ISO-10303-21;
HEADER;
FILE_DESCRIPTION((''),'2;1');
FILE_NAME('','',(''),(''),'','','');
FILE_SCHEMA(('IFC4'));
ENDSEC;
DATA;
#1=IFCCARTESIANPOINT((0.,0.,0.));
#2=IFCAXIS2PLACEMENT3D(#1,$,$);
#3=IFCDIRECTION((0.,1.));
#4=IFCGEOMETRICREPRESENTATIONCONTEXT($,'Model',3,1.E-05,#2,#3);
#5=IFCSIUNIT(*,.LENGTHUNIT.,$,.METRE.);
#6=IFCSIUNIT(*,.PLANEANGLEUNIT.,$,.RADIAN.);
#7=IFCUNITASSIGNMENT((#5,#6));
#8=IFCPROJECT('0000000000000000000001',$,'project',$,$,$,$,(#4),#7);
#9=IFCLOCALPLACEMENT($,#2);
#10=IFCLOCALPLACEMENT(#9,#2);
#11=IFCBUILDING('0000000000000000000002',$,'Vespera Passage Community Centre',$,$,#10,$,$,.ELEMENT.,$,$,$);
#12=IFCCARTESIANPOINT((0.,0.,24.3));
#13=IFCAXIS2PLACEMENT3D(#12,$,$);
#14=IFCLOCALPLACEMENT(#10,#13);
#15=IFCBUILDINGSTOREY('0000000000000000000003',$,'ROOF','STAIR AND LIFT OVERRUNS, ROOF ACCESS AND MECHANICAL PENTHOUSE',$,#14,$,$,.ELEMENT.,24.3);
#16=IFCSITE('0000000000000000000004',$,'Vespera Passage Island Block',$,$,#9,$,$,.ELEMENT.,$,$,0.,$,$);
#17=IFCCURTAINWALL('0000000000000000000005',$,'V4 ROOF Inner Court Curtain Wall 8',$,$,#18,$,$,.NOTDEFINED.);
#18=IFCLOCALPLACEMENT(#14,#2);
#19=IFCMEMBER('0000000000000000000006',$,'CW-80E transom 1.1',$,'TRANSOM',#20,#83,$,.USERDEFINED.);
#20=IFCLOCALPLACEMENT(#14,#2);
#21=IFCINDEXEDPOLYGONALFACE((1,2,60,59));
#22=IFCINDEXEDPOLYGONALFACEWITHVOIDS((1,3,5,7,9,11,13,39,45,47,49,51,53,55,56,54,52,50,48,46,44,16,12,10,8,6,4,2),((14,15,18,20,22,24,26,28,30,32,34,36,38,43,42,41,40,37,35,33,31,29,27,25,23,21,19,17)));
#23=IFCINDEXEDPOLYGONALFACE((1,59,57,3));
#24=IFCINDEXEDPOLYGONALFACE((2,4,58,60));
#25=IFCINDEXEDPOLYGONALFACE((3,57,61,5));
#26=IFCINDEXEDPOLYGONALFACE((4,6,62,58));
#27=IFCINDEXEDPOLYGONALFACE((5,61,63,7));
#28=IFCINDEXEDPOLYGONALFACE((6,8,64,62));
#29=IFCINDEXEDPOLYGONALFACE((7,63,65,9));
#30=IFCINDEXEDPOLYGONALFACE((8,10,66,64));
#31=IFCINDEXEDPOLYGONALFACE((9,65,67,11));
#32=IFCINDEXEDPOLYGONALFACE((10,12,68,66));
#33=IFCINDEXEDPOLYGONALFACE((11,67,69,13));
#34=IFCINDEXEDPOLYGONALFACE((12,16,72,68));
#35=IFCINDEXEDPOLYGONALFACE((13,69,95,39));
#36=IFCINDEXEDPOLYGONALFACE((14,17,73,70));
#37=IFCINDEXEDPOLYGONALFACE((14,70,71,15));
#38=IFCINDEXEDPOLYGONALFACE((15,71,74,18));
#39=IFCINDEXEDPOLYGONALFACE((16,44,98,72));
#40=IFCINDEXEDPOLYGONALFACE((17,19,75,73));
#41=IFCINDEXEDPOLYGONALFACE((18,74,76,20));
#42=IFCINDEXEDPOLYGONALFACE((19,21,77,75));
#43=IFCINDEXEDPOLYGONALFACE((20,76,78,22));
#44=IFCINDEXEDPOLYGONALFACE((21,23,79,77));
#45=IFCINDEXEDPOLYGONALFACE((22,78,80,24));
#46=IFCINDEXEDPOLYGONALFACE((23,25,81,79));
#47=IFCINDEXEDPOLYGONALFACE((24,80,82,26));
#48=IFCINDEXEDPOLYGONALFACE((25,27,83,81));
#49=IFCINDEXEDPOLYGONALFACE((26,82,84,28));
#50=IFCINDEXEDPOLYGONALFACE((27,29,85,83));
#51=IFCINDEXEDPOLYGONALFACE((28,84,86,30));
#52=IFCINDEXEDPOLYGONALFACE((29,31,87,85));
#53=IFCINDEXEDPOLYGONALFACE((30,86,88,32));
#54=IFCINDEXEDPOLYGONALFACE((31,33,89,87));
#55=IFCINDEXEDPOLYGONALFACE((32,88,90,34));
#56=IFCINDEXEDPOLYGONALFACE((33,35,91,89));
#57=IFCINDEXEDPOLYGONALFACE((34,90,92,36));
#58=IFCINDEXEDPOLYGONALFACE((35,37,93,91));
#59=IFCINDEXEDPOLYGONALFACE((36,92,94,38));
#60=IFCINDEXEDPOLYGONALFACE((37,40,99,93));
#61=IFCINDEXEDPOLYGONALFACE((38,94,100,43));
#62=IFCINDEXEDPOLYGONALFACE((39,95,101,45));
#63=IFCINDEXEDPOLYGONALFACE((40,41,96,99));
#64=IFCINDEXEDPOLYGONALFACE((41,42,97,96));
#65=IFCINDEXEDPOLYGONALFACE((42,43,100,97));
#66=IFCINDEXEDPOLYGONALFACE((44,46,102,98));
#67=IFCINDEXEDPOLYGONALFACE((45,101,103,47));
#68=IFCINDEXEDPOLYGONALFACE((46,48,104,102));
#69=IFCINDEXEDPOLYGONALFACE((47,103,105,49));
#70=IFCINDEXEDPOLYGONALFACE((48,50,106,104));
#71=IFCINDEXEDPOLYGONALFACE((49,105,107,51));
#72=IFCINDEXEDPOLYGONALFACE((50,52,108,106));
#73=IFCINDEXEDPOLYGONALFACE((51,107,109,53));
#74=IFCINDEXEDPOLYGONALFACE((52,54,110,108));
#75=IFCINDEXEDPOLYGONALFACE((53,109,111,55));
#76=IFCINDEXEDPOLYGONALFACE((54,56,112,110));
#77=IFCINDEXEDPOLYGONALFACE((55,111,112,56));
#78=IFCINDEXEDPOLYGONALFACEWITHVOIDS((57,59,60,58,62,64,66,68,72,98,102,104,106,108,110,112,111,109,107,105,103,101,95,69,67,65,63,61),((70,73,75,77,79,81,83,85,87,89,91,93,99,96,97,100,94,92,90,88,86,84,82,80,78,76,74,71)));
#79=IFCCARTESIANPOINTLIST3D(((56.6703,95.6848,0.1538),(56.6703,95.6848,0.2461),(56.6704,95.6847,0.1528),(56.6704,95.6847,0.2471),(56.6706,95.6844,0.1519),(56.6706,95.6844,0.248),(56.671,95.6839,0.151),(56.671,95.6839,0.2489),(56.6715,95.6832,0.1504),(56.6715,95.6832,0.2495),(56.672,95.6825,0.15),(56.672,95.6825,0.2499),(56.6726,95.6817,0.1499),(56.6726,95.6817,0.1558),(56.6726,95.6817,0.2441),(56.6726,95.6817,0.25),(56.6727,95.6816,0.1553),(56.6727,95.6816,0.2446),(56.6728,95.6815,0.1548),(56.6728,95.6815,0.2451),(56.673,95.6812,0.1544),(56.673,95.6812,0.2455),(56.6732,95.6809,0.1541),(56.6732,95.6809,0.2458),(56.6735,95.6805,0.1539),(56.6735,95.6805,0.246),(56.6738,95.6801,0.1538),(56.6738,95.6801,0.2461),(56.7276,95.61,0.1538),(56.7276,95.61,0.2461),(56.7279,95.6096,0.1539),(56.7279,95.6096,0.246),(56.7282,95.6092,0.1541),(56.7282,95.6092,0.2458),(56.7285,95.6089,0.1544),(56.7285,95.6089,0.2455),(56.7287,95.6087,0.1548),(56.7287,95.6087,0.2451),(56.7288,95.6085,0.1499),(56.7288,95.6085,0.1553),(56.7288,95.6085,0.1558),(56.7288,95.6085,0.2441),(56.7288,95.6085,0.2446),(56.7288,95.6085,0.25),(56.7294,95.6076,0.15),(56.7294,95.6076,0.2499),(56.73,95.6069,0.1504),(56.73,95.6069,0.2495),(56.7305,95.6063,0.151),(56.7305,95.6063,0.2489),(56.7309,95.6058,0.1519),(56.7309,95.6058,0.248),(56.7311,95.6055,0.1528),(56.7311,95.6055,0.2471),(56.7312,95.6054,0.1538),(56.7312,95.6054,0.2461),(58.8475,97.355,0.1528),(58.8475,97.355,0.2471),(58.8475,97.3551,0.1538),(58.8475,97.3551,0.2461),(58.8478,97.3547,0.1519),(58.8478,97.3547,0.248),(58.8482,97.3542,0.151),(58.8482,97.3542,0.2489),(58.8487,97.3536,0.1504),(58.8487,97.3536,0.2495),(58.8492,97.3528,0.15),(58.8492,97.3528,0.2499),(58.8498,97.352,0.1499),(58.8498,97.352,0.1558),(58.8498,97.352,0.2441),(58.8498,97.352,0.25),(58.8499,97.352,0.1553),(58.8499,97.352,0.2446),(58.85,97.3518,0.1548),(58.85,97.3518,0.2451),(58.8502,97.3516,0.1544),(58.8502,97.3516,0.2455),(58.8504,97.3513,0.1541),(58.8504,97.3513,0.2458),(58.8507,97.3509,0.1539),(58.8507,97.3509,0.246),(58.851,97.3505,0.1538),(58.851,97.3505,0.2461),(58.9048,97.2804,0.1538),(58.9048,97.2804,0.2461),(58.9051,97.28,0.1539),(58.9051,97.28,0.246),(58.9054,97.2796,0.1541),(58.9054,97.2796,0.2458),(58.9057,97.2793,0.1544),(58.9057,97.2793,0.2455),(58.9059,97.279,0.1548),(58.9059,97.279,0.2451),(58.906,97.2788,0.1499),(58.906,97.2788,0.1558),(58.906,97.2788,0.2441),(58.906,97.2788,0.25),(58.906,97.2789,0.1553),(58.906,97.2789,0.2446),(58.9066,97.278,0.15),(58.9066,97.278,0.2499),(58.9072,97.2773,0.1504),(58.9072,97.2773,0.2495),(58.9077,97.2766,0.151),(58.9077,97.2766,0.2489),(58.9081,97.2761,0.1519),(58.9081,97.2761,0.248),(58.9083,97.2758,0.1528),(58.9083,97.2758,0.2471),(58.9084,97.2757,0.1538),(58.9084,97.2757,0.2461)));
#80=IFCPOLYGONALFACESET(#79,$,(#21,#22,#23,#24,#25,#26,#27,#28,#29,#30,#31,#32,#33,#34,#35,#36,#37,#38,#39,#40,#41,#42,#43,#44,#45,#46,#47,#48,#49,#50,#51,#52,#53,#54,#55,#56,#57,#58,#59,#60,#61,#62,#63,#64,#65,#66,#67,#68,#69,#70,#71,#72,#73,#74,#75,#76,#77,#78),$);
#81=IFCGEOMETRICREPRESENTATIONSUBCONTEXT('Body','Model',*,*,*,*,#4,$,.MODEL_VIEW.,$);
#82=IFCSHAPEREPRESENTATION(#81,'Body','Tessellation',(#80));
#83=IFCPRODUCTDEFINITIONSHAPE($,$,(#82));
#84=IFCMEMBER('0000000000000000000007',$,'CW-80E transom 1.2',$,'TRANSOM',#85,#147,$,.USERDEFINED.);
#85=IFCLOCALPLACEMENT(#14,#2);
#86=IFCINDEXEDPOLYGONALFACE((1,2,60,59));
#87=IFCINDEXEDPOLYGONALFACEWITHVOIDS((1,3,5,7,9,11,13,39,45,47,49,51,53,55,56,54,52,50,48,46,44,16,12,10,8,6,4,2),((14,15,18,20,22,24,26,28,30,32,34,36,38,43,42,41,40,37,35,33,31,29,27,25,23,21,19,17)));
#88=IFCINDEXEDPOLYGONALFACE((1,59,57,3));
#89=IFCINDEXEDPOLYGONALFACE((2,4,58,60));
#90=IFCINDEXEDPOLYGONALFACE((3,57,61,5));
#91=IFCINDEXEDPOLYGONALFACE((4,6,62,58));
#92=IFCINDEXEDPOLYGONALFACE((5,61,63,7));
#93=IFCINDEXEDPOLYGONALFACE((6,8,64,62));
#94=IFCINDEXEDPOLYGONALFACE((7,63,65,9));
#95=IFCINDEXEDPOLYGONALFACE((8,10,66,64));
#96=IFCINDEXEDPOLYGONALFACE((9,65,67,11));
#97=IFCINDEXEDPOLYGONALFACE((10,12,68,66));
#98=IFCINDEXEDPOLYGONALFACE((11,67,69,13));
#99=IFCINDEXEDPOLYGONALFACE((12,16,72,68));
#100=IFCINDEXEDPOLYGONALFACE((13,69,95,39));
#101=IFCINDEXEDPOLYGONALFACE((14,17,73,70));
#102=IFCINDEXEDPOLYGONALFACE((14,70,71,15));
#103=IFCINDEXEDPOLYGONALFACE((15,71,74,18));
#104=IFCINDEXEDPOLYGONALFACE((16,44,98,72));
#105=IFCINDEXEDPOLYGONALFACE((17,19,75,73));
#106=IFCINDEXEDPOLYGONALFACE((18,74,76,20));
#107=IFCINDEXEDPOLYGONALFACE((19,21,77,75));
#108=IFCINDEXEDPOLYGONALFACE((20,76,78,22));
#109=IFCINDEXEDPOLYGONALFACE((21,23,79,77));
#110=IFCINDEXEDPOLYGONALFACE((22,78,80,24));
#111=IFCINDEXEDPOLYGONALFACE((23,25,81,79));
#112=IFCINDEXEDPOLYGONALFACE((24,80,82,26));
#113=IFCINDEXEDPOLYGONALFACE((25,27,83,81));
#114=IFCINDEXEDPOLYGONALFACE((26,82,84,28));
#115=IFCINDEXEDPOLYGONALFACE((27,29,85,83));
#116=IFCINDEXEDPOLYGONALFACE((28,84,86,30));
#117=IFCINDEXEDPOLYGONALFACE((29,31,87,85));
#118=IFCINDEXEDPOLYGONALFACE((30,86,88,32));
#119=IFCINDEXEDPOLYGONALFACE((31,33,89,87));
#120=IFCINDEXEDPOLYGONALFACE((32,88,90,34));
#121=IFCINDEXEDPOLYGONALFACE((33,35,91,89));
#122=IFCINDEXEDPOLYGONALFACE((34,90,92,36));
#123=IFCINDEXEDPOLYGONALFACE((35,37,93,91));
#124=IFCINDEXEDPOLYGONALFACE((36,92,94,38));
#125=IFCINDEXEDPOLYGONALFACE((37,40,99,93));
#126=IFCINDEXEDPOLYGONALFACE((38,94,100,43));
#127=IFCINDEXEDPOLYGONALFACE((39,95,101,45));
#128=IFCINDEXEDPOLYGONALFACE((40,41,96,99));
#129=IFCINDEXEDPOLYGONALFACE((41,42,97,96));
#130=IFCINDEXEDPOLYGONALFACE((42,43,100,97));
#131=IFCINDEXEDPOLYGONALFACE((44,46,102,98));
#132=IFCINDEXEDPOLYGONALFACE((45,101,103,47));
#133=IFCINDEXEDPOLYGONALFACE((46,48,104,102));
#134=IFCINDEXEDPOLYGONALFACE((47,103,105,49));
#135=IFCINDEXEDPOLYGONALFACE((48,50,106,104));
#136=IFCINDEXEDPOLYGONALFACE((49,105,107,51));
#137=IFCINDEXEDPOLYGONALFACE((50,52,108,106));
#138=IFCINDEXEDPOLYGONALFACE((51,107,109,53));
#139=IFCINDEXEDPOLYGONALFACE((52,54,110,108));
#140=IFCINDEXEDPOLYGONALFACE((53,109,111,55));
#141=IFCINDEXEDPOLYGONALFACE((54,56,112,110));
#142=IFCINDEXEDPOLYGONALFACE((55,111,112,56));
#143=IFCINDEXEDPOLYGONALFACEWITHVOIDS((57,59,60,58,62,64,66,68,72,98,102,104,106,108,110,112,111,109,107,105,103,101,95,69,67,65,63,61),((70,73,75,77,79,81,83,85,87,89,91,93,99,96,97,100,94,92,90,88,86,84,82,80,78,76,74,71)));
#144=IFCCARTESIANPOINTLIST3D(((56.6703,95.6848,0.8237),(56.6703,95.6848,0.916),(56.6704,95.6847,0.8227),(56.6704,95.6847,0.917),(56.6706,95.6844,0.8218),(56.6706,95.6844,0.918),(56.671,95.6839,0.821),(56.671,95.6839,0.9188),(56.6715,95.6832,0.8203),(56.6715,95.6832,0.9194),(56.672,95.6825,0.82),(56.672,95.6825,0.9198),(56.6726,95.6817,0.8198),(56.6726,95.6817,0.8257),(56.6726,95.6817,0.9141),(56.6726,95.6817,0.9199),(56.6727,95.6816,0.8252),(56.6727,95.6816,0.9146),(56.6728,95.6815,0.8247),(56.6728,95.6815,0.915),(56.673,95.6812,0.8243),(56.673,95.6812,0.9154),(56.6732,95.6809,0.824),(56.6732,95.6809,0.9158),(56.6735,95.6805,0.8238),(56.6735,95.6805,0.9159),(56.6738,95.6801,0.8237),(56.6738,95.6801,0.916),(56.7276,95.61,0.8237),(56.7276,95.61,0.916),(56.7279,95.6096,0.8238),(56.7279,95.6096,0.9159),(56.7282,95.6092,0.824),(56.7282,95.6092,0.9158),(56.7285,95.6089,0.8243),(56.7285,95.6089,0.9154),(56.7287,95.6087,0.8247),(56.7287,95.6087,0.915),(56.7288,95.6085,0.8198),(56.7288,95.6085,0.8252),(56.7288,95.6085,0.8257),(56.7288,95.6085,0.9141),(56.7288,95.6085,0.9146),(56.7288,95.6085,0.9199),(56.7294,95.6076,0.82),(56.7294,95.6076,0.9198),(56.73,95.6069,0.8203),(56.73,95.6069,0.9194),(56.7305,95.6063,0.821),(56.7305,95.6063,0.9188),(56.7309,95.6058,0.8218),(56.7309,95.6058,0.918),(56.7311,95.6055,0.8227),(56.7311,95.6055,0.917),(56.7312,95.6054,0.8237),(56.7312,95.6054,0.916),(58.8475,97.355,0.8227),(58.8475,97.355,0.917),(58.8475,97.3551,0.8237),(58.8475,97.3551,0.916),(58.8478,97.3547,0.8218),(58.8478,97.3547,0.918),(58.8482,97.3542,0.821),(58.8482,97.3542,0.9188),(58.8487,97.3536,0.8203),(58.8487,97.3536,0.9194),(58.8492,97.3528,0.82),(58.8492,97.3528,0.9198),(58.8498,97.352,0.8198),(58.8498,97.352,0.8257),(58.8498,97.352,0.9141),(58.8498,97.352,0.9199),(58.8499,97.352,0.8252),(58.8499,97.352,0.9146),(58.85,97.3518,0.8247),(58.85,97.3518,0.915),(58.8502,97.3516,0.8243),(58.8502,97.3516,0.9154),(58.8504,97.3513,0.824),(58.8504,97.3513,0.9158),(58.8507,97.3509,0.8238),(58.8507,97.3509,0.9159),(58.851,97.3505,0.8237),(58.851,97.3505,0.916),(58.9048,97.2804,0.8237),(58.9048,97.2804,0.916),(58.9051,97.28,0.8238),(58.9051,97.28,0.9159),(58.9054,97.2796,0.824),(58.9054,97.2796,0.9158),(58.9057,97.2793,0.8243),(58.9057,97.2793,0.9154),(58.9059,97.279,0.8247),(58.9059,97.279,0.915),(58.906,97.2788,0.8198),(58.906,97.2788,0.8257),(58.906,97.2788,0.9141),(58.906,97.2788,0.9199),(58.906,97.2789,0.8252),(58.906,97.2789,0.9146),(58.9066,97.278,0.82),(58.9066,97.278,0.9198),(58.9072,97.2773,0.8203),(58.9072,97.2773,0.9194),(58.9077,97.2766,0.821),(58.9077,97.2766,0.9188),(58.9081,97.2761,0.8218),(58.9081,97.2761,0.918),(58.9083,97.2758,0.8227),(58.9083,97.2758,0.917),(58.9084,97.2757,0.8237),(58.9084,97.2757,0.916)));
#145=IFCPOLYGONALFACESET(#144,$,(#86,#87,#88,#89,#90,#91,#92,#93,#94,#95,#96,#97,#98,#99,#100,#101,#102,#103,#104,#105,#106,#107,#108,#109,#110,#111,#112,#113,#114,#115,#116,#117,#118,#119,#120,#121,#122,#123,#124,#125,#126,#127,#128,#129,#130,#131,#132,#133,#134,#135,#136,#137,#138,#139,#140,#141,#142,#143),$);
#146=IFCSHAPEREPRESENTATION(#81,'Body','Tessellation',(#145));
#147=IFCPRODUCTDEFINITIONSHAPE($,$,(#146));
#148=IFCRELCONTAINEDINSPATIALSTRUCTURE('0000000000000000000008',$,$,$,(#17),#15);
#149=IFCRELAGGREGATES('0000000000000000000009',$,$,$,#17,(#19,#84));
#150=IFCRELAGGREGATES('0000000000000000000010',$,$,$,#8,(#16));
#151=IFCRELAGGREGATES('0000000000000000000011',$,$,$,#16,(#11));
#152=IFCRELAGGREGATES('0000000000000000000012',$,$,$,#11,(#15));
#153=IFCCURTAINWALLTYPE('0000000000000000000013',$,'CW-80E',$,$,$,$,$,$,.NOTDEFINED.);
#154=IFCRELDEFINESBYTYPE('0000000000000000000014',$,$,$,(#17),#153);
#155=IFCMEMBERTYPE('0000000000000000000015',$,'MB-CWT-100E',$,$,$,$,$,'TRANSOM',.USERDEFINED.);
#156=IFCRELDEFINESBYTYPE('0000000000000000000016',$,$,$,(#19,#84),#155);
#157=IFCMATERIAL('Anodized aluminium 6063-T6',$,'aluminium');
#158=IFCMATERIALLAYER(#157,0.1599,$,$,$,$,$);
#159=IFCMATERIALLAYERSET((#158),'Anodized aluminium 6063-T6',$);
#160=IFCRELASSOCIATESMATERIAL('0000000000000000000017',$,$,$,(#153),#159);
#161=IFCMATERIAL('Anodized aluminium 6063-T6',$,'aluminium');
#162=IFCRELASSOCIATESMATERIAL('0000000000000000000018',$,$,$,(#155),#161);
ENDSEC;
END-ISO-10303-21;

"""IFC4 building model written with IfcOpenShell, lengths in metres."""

from ifc_helpers import new_model, si_unit, direction, frame, origin, origin_2d, place, context, subcontext, project, spatial, hollow_rectangle, extrude, material, layer, layer_set, material_profile, profile_set, type_object, element, aggregate, save


model = new_model("IFC4")

# Units and contexts
model_context = context("Model", 3, precision=1e-05, world=origin(), true_north=direction((0.0, 1.0)))
body_context = subcontext(model_context, "Body", "Model", "MODEL_VIEW")
ifc_project = project(units=[si_unit("LENGTHUNIT", "METRE"), si_unit("PLANEANGLEUNIT", "RADIAN")], contexts=[model_context])

# Site, building, storey
site_placement = place(None, origin())
site = spatial("IfcSite", under=ifc_project, at=site_placement, Name="Vespera Passage Island Block", CompositionType="ELEMENT", RefElevation=0.0)
building_placement = place(site_placement, origin())
building = spatial("IfcBuilding", under=site, at=building_placement, Name="Vespera Passage Community Centre", CompositionType="ELEMENT")
storey_placement = place(building_placement, frame((0.0, 0.0, 24.3)))
storey = spatial("IfcBuildingStorey", under=building, at=storey_placement, Name="ROOF", Description="STAIR AND LIFT OVERRUNS, ROOF ACCESS AND MECHANICAL PENTHOUSE", CompositionType="ELEMENT", Elevation=24.3)

# Curtain wall, members
ifc_material_1 = material(Name="Anodized aluminium 6063-T6", Category="aluminium")
ifc_layer_1 = layer(ifc_material_1, 0.1599)
ifc_layer_set_1 = layer_set([ifc_layer_1], Name="Anodized aluminium 6063-T6")
curtain_wall_type = type_object("IfcCurtainWallType", Name="CW-80E", PredefinedType="NOTDEFINED", material=ifc_layer_set_1)
curtain_wall_placement = place(storey_placement, origin())
curtain_wall = element("IfcCurtainWall", 1, at=curtain_wall_placement, inside=storey, type_object=curtain_wall_type, Name="V4 ROOF Inner Court Curtain Wall 8", PredefinedType="NOTDEFINED")
ifc_material_2 = material(Name="Anodized aluminium 6063-T6", Category="aluminium")
ifc_material_profile_1 = material_profile(ifc_material_2, hollow_rectangle(XDim=0.1001, YDim=0.1001, WallThickness=0.0039, InnerFilletRadius=0.002, OuterFilletRadius=0.0039, at=origin_2d()), Name="ALU100X100X4")
ifc_profile_set_1 = profile_set([ifc_material_profile_1], Name="Anodized aluminium 6063-T6")
member_type_1 = type_object("IfcMemberType", Name="MB-CWT-100E", ElementType="TRANSOM", PredefinedType="USERDEFINED", material=ifc_profile_set_1)
member_1_placement = place(storey_placement, frame((58.8779, 97.3154, 0.2), z_axis=(-0.793397, -0.608704, 0.0), x_axis=(0.608704, -0.793397, 0.0)))
member_1 = element("IfcMember", 2, at=member_1_placement, type_object=member_type_1, Name="CW-80E transom 1.1", ObjectType="TRANSOM", PredefinedType="USERDEFINED", context=body_context, shape_type="SweptSolid", body=[
    extrude(hollow_rectangle(XDim=0.1001, YDim=0.1001, WallThickness=0.0039, InnerFilletRadius=0.002, OuterFilletRadius=0.0039, at=origin_2d()), origin(), (0.0, 0.0, 1.0), 2.7441),
])
member_2_placement = place(storey_placement, frame((58.8779, 97.3154, 0.8699), z_axis=(-0.793397, -0.608704, 0.0), x_axis=(0.608704, -0.793397, 0.0)))
member_2 = element("IfcMember", 3, at=member_2_placement, type_object=member_type_1, Name="CW-80E transom 1.2", ObjectType="TRANSOM", PredefinedType="USERDEFINED", context=body_context, shape_type="SweptSolid", body=[
    extrude(hollow_rectangle(XDim=0.1001, YDim=0.1001, WallThickness=0.0039, InnerFilletRadius=0.002, OuterFilletRadius=0.0039, at=origin_2d()), origin(), (0.0, 0.0, 1.0), 2.7441),
])

aggregate(curtain_wall, [member_1, member_2])

save(model, "model.ifc")
